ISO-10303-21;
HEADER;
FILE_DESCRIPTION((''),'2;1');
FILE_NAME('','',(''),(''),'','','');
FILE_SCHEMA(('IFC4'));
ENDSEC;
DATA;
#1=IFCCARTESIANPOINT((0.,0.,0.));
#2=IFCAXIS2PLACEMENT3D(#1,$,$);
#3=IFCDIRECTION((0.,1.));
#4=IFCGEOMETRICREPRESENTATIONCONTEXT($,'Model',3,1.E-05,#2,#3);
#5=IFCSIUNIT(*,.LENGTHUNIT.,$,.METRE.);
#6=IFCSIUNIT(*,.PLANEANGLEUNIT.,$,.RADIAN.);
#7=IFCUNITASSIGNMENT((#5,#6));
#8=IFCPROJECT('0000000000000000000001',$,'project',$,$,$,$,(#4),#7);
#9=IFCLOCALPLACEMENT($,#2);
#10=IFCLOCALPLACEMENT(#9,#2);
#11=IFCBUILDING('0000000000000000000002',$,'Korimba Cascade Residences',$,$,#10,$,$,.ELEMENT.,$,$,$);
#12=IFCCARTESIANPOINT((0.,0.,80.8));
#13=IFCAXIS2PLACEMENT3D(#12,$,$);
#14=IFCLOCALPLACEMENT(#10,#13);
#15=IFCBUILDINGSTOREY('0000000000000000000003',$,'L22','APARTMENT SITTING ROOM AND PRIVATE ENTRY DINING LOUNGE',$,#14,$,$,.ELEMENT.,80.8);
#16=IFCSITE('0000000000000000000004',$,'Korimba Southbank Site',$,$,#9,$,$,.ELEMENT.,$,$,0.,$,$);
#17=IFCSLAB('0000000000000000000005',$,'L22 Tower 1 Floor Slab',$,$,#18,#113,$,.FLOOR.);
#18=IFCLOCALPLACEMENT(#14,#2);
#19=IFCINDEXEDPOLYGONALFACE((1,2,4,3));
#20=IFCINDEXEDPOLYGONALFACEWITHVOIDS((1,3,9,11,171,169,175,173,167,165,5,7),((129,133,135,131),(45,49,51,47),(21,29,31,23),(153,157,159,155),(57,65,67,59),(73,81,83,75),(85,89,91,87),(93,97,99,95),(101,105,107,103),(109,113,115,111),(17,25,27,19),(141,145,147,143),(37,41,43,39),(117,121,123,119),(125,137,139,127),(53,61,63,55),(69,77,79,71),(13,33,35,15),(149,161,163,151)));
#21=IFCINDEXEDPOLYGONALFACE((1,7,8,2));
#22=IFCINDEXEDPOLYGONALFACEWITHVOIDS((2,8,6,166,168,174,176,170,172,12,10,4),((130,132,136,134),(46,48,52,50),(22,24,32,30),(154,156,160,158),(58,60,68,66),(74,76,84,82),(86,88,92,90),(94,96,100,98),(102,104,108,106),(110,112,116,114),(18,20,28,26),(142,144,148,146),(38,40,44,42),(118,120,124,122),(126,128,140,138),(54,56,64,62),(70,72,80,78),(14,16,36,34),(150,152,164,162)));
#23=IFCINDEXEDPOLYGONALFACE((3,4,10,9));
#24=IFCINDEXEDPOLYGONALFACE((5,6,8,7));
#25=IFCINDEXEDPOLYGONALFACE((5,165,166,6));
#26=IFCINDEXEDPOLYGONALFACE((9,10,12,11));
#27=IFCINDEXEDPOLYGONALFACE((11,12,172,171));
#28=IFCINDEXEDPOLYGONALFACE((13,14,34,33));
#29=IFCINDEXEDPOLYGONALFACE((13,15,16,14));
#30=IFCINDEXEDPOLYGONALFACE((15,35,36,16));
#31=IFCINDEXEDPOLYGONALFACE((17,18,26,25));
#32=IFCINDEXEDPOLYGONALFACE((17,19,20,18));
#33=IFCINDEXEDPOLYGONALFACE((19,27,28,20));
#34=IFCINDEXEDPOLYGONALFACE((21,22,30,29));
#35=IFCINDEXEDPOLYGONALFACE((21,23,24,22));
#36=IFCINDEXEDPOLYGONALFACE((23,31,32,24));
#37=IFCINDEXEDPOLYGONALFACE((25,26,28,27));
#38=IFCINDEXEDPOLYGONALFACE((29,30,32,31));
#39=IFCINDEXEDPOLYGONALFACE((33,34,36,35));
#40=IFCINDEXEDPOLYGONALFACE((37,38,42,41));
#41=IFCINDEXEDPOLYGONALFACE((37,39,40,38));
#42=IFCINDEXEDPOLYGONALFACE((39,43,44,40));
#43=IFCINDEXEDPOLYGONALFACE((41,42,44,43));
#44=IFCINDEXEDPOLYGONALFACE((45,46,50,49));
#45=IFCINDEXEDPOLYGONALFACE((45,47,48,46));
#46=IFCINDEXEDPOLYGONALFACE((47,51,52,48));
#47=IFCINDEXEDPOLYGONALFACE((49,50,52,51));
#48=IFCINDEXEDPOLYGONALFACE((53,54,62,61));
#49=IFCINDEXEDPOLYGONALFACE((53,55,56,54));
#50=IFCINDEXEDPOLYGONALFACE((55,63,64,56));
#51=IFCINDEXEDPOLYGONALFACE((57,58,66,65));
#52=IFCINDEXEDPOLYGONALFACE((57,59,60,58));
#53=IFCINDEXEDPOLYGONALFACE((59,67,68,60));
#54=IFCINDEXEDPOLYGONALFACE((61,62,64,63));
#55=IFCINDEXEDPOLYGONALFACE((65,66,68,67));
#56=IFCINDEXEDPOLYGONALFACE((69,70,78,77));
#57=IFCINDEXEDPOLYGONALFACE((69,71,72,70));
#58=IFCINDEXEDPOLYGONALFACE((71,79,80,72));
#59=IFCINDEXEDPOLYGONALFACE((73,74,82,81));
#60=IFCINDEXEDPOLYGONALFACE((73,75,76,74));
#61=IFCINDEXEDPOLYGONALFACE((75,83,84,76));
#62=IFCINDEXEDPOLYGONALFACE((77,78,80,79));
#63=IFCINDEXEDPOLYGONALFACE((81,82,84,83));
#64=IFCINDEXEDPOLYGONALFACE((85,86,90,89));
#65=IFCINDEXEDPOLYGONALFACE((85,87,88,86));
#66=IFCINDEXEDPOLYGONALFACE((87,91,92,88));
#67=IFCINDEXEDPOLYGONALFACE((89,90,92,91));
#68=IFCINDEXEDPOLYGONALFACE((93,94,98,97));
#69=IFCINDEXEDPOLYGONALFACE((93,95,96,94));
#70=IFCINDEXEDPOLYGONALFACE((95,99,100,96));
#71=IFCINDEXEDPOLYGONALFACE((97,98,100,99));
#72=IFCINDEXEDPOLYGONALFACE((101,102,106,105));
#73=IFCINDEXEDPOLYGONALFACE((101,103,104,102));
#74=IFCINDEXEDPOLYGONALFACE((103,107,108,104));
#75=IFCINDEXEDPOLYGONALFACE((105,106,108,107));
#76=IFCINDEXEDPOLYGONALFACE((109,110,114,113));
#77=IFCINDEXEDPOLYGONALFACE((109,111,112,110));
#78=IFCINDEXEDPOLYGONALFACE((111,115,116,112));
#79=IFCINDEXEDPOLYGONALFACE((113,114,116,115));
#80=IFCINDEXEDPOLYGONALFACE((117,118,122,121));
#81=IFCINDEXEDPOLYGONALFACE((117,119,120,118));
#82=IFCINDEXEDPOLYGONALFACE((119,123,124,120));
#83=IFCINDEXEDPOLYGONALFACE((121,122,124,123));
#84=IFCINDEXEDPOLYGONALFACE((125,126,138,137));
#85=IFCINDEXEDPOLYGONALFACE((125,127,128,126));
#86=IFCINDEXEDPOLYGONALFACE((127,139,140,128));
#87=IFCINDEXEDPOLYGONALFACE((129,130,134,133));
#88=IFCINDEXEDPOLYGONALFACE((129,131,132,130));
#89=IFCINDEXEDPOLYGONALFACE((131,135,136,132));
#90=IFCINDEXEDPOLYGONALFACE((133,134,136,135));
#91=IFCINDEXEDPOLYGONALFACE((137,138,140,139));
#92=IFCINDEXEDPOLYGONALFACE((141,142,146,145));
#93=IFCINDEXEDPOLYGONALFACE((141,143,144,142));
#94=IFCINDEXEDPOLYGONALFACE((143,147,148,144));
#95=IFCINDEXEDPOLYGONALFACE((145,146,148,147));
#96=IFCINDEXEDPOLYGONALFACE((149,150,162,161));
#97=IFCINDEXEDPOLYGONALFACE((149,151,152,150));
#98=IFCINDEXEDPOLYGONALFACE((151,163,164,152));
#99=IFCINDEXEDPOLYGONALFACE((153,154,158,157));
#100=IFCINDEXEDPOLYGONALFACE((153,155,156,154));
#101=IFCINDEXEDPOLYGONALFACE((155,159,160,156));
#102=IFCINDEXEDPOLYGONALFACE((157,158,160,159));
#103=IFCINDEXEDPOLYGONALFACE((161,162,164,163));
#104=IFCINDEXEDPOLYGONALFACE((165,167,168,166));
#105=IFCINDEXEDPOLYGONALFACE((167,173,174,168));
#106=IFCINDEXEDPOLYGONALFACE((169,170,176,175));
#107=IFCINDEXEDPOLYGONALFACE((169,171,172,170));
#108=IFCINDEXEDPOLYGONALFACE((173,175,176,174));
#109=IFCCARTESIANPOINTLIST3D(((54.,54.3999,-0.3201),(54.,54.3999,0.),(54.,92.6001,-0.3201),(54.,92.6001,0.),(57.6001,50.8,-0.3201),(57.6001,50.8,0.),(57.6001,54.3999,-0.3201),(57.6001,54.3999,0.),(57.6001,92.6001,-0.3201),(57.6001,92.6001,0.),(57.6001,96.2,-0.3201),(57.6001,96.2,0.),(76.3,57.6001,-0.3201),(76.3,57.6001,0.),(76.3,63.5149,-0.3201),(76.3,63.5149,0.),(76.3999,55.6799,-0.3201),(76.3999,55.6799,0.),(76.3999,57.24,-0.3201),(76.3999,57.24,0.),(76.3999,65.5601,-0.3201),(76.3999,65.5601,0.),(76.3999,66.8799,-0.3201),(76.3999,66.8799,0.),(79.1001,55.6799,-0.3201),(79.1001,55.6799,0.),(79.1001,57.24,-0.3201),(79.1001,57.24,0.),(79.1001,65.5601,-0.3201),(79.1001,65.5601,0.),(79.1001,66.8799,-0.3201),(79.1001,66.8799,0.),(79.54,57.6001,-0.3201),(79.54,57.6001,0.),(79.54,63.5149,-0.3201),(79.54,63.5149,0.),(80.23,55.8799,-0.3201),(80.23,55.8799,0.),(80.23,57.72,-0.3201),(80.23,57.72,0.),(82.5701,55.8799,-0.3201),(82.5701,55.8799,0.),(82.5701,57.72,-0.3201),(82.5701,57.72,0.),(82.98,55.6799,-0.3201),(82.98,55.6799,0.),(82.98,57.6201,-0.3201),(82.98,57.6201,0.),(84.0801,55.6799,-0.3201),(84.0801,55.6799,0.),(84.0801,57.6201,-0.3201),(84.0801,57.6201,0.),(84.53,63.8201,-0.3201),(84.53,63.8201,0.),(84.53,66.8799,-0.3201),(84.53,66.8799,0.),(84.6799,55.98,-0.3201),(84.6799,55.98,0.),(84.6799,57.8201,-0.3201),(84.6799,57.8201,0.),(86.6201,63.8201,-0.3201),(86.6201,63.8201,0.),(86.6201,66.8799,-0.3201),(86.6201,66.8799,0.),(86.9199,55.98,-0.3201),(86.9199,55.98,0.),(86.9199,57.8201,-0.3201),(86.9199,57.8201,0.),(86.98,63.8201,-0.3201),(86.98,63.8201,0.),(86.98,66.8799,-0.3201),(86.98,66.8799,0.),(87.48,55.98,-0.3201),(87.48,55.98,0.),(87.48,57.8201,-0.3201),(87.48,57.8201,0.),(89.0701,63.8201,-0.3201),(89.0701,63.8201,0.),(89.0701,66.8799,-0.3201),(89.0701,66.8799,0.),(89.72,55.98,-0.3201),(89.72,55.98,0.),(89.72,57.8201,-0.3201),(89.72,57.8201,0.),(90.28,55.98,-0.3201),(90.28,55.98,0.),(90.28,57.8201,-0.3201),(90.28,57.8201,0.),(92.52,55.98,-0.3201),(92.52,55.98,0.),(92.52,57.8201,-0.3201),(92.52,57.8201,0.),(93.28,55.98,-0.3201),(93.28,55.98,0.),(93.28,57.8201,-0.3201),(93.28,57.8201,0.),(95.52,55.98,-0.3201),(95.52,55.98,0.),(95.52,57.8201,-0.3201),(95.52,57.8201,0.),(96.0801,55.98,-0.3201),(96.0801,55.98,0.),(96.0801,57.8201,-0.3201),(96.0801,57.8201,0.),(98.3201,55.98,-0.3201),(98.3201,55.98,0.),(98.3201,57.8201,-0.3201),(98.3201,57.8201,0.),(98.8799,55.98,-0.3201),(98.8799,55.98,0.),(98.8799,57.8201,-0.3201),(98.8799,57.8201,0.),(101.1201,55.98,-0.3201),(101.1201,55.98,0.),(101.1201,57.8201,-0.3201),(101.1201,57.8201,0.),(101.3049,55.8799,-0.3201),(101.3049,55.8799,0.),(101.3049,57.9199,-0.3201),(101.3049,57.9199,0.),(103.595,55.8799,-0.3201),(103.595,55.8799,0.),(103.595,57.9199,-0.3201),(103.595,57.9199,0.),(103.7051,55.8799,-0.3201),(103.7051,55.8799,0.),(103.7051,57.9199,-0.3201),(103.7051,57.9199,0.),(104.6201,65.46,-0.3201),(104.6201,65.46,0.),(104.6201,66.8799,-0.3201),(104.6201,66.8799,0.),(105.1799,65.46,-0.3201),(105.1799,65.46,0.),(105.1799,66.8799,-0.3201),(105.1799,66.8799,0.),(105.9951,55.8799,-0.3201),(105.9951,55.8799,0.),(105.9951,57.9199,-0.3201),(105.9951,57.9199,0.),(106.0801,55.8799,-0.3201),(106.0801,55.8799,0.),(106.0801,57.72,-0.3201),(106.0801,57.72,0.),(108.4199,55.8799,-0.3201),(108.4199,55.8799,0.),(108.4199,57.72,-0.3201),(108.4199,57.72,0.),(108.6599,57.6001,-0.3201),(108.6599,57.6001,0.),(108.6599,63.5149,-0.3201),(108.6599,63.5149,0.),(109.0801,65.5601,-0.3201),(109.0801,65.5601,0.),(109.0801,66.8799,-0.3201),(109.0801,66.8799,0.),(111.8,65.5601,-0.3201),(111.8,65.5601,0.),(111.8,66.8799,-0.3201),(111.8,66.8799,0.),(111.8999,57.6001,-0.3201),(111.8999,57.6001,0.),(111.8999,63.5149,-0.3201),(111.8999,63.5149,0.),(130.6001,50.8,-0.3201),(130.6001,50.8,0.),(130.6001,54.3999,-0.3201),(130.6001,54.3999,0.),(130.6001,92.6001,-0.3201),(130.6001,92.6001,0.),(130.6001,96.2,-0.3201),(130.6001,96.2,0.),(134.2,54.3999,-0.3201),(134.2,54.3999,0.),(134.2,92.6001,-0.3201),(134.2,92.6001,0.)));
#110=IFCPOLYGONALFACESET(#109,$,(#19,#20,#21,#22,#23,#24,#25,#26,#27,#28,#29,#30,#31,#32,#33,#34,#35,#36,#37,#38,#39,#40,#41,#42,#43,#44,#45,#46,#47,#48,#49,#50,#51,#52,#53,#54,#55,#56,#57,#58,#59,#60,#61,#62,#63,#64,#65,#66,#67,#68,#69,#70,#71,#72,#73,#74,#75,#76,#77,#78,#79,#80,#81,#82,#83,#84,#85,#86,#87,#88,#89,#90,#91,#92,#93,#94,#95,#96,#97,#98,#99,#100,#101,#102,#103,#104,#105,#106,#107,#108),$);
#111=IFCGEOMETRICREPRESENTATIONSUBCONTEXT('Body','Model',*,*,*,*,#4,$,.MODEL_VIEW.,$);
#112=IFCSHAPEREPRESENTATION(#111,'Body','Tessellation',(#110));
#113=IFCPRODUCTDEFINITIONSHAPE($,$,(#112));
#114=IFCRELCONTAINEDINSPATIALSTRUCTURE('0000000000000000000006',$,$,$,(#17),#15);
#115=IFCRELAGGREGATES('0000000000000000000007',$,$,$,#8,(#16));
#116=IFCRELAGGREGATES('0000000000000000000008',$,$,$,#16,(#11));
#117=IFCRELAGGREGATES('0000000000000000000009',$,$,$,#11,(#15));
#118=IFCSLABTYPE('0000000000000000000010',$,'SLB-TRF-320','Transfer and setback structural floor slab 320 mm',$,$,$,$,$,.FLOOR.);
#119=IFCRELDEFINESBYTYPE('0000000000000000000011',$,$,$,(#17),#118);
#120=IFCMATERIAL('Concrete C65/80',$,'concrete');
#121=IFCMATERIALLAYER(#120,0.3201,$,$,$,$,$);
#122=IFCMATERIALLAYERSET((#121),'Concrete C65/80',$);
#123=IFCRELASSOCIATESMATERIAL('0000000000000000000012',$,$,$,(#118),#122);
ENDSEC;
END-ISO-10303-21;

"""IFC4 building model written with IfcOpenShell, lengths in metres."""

from ifc_helpers import new_model, si_unit, direction, frame, origin, place, context, subcontext, project, spatial, polyline, outline, extrude, material, layer, layer_set, type_object, element, save


model = new_model("IFC4")

# Units and contexts
model_context = context("Model", 3, precision=1e-05, world=origin(), true_north=direction((0.0, 1.0)))
body_context = subcontext(model_context, "Body", "Model", "MODEL_VIEW")
ifc_project = project(units=[si_unit("LENGTHUNIT", "METRE"), si_unit("PLANEANGLEUNIT", "RADIAN")], contexts=[model_context])

# Site, building, storey
site_placement = place(None, origin())
site = spatial("IfcSite", under=ifc_project, at=site_placement, Name="Korimba Southbank Site", CompositionType="ELEMENT", RefElevation=0.0)
building_placement = place(site_placement, origin())
building = spatial("IfcBuilding", under=site, at=building_placement, Name="Korimba Cascade Residences", CompositionType="ELEMENT")
storey_placement = place(building_placement, frame((0.0, 0.0, 80.8)))
storey = spatial("IfcBuildingStorey", under=building, at=storey_placement, Name="L22", Description="APARTMENT SITTING ROOM AND PRIVATE ENTRY DINING LOUNGE", CompositionType="ELEMENT", Elevation=80.8)

# Shared definitions
ifc_material_1 = material(Name="Concrete C65/80", Category="concrete")

# Slab
ifc_layer_1 = layer(ifc_material_1, 0.3201)
ifc_layer_set_1 = layer_set([ifc_layer_1], Name="Concrete C65/80")
slab_type_1 = type_object("IfcSlabType", Name="SLB-TRF-320", Description="Transfer and setback structural floor slab 320 mm", PredefinedType="FLOOR", material=ifc_layer_set_1)
slab_1_placement = place(storey_placement, frame((0.0, 0.0, -0.3201)))
element("IfcSlab", 1, at=slab_1_placement, inside=storey, type_object=slab_type_1, Name="L22 Tower 1 Floor Slab", PredefinedType="FLOOR", context=body_context, shape_type="SweptSolid", body=[
    extrude(outline(polyline([(57.6001, 50.8), (130.6001, 50.8), (130.6001, 54.3999), (134.2, 54.3999), (134.2, 92.6001), (130.6001, 92.6001), (130.6001, 96.2), (57.6001, 96.2), (57.6001, 92.6001), (54.0, 92.6001), (54.0, 54.3999), (57.6001, 54.3999), (57.6001, 50.8)]), holes=[polyline([(76.3, 63.5149), (76.3, 57.6001), (79.54, 57.6001), (79.54, 63.5149), (76.3, 63.5149)]), polyline([(108.6599, 63.5149), (108.6599, 57.6001), (111.8999, 57.6001), (111.8999, 63.5149), (108.6599, 63.5149)]), polyline([(80.23, 55.8799), (82.5701, 55.8799), (82.5701, 57.72), (80.23, 57.72), (80.23, 55.8799)]), polyline([(106.0801, 55.8799), (108.4199, 55.8799), (108.4199, 57.72), (106.0801, 57.72), (106.0801, 55.8799)]), polyline([(84.6799, 55.98), (86.9199, 55.98), (86.9199, 57.8201), (84.6799, 57.8201), (84.6799, 55.98)]), polyline([(87.48, 55.98), (89.72, 55.98), (89.72, 57.8201), (87.48, 57.8201), (87.48, 55.98)]), polyline([(90.28, 55.98), (92.52, 55.98), (92.52, 57.8201), (90.28, 57.8201), (90.28, 55.98)]), polyline([(93.28, 55.98), (95.52, 55.98), (95.52, 57.8201), (93.28, 57.8201), (93.28, 55.98)]), polyline([(96.0801, 55.98), (98.3201, 55.98), (98.3201, 57.8201), (96.0801, 57.8201), (96.0801, 55.98)]), polyline([(98.8799, 55.98), (101.1201, 55.98), (101.1201, 57.8201), (98.8799, 57.8201), (98.8799, 55.98)]), polyline([(101.3049, 55.8799), (103.595, 55.8799), (103.595, 57.9199), (101.3049, 57.9199), (101.3049, 55.8799)]), polyline([(103.7051, 55.8799), (105.9951, 55.8799), (105.9951, 57.9199), (103.7051, 57.9199), (103.7051, 55.8799)]), polyline([(82.98, 55.6799), (84.0801, 55.6799), (84.0801, 57.6201), (82.98, 57.6201), (82.98, 55.6799)]), polyline([(76.3999, 65.5601), (79.1001, 65.5601), (79.1001, 66.8799), (76.3999, 66.8799), (76.3999, 65.5601)]), polyline([(76.3999, 55.6799), (79.1001, 55.6799), (79.1001, 57.24), (76.3999, 57.24), (76.3999, 55.6799)]), polyline([(84.53, 63.8201), (86.6201, 63.8201), (86.6201, 66.8799), (84.53, 66.8799), (84.53, 63.8201)]), polyline([(86.98, 63.8201), (89.0701, 63.8201), (89.0701, 66.8799), (86.98, 66.8799), (86.98, 63.8201)]), polyline([(104.6201, 65.46), (105.1799, 65.46), (105.1799, 66.8799), (104.6201, 66.8799), (104.6201, 65.46)]), polyline([(109.0801, 65.5601), (111.8, 65.5601), (111.8, 66.8799), (109.0801, 66.8799), (109.0801, 65.5601)])]), origin(), (0.0, 0.0, 1.0), 0.3201),
])

save(model, "model.ifc")
